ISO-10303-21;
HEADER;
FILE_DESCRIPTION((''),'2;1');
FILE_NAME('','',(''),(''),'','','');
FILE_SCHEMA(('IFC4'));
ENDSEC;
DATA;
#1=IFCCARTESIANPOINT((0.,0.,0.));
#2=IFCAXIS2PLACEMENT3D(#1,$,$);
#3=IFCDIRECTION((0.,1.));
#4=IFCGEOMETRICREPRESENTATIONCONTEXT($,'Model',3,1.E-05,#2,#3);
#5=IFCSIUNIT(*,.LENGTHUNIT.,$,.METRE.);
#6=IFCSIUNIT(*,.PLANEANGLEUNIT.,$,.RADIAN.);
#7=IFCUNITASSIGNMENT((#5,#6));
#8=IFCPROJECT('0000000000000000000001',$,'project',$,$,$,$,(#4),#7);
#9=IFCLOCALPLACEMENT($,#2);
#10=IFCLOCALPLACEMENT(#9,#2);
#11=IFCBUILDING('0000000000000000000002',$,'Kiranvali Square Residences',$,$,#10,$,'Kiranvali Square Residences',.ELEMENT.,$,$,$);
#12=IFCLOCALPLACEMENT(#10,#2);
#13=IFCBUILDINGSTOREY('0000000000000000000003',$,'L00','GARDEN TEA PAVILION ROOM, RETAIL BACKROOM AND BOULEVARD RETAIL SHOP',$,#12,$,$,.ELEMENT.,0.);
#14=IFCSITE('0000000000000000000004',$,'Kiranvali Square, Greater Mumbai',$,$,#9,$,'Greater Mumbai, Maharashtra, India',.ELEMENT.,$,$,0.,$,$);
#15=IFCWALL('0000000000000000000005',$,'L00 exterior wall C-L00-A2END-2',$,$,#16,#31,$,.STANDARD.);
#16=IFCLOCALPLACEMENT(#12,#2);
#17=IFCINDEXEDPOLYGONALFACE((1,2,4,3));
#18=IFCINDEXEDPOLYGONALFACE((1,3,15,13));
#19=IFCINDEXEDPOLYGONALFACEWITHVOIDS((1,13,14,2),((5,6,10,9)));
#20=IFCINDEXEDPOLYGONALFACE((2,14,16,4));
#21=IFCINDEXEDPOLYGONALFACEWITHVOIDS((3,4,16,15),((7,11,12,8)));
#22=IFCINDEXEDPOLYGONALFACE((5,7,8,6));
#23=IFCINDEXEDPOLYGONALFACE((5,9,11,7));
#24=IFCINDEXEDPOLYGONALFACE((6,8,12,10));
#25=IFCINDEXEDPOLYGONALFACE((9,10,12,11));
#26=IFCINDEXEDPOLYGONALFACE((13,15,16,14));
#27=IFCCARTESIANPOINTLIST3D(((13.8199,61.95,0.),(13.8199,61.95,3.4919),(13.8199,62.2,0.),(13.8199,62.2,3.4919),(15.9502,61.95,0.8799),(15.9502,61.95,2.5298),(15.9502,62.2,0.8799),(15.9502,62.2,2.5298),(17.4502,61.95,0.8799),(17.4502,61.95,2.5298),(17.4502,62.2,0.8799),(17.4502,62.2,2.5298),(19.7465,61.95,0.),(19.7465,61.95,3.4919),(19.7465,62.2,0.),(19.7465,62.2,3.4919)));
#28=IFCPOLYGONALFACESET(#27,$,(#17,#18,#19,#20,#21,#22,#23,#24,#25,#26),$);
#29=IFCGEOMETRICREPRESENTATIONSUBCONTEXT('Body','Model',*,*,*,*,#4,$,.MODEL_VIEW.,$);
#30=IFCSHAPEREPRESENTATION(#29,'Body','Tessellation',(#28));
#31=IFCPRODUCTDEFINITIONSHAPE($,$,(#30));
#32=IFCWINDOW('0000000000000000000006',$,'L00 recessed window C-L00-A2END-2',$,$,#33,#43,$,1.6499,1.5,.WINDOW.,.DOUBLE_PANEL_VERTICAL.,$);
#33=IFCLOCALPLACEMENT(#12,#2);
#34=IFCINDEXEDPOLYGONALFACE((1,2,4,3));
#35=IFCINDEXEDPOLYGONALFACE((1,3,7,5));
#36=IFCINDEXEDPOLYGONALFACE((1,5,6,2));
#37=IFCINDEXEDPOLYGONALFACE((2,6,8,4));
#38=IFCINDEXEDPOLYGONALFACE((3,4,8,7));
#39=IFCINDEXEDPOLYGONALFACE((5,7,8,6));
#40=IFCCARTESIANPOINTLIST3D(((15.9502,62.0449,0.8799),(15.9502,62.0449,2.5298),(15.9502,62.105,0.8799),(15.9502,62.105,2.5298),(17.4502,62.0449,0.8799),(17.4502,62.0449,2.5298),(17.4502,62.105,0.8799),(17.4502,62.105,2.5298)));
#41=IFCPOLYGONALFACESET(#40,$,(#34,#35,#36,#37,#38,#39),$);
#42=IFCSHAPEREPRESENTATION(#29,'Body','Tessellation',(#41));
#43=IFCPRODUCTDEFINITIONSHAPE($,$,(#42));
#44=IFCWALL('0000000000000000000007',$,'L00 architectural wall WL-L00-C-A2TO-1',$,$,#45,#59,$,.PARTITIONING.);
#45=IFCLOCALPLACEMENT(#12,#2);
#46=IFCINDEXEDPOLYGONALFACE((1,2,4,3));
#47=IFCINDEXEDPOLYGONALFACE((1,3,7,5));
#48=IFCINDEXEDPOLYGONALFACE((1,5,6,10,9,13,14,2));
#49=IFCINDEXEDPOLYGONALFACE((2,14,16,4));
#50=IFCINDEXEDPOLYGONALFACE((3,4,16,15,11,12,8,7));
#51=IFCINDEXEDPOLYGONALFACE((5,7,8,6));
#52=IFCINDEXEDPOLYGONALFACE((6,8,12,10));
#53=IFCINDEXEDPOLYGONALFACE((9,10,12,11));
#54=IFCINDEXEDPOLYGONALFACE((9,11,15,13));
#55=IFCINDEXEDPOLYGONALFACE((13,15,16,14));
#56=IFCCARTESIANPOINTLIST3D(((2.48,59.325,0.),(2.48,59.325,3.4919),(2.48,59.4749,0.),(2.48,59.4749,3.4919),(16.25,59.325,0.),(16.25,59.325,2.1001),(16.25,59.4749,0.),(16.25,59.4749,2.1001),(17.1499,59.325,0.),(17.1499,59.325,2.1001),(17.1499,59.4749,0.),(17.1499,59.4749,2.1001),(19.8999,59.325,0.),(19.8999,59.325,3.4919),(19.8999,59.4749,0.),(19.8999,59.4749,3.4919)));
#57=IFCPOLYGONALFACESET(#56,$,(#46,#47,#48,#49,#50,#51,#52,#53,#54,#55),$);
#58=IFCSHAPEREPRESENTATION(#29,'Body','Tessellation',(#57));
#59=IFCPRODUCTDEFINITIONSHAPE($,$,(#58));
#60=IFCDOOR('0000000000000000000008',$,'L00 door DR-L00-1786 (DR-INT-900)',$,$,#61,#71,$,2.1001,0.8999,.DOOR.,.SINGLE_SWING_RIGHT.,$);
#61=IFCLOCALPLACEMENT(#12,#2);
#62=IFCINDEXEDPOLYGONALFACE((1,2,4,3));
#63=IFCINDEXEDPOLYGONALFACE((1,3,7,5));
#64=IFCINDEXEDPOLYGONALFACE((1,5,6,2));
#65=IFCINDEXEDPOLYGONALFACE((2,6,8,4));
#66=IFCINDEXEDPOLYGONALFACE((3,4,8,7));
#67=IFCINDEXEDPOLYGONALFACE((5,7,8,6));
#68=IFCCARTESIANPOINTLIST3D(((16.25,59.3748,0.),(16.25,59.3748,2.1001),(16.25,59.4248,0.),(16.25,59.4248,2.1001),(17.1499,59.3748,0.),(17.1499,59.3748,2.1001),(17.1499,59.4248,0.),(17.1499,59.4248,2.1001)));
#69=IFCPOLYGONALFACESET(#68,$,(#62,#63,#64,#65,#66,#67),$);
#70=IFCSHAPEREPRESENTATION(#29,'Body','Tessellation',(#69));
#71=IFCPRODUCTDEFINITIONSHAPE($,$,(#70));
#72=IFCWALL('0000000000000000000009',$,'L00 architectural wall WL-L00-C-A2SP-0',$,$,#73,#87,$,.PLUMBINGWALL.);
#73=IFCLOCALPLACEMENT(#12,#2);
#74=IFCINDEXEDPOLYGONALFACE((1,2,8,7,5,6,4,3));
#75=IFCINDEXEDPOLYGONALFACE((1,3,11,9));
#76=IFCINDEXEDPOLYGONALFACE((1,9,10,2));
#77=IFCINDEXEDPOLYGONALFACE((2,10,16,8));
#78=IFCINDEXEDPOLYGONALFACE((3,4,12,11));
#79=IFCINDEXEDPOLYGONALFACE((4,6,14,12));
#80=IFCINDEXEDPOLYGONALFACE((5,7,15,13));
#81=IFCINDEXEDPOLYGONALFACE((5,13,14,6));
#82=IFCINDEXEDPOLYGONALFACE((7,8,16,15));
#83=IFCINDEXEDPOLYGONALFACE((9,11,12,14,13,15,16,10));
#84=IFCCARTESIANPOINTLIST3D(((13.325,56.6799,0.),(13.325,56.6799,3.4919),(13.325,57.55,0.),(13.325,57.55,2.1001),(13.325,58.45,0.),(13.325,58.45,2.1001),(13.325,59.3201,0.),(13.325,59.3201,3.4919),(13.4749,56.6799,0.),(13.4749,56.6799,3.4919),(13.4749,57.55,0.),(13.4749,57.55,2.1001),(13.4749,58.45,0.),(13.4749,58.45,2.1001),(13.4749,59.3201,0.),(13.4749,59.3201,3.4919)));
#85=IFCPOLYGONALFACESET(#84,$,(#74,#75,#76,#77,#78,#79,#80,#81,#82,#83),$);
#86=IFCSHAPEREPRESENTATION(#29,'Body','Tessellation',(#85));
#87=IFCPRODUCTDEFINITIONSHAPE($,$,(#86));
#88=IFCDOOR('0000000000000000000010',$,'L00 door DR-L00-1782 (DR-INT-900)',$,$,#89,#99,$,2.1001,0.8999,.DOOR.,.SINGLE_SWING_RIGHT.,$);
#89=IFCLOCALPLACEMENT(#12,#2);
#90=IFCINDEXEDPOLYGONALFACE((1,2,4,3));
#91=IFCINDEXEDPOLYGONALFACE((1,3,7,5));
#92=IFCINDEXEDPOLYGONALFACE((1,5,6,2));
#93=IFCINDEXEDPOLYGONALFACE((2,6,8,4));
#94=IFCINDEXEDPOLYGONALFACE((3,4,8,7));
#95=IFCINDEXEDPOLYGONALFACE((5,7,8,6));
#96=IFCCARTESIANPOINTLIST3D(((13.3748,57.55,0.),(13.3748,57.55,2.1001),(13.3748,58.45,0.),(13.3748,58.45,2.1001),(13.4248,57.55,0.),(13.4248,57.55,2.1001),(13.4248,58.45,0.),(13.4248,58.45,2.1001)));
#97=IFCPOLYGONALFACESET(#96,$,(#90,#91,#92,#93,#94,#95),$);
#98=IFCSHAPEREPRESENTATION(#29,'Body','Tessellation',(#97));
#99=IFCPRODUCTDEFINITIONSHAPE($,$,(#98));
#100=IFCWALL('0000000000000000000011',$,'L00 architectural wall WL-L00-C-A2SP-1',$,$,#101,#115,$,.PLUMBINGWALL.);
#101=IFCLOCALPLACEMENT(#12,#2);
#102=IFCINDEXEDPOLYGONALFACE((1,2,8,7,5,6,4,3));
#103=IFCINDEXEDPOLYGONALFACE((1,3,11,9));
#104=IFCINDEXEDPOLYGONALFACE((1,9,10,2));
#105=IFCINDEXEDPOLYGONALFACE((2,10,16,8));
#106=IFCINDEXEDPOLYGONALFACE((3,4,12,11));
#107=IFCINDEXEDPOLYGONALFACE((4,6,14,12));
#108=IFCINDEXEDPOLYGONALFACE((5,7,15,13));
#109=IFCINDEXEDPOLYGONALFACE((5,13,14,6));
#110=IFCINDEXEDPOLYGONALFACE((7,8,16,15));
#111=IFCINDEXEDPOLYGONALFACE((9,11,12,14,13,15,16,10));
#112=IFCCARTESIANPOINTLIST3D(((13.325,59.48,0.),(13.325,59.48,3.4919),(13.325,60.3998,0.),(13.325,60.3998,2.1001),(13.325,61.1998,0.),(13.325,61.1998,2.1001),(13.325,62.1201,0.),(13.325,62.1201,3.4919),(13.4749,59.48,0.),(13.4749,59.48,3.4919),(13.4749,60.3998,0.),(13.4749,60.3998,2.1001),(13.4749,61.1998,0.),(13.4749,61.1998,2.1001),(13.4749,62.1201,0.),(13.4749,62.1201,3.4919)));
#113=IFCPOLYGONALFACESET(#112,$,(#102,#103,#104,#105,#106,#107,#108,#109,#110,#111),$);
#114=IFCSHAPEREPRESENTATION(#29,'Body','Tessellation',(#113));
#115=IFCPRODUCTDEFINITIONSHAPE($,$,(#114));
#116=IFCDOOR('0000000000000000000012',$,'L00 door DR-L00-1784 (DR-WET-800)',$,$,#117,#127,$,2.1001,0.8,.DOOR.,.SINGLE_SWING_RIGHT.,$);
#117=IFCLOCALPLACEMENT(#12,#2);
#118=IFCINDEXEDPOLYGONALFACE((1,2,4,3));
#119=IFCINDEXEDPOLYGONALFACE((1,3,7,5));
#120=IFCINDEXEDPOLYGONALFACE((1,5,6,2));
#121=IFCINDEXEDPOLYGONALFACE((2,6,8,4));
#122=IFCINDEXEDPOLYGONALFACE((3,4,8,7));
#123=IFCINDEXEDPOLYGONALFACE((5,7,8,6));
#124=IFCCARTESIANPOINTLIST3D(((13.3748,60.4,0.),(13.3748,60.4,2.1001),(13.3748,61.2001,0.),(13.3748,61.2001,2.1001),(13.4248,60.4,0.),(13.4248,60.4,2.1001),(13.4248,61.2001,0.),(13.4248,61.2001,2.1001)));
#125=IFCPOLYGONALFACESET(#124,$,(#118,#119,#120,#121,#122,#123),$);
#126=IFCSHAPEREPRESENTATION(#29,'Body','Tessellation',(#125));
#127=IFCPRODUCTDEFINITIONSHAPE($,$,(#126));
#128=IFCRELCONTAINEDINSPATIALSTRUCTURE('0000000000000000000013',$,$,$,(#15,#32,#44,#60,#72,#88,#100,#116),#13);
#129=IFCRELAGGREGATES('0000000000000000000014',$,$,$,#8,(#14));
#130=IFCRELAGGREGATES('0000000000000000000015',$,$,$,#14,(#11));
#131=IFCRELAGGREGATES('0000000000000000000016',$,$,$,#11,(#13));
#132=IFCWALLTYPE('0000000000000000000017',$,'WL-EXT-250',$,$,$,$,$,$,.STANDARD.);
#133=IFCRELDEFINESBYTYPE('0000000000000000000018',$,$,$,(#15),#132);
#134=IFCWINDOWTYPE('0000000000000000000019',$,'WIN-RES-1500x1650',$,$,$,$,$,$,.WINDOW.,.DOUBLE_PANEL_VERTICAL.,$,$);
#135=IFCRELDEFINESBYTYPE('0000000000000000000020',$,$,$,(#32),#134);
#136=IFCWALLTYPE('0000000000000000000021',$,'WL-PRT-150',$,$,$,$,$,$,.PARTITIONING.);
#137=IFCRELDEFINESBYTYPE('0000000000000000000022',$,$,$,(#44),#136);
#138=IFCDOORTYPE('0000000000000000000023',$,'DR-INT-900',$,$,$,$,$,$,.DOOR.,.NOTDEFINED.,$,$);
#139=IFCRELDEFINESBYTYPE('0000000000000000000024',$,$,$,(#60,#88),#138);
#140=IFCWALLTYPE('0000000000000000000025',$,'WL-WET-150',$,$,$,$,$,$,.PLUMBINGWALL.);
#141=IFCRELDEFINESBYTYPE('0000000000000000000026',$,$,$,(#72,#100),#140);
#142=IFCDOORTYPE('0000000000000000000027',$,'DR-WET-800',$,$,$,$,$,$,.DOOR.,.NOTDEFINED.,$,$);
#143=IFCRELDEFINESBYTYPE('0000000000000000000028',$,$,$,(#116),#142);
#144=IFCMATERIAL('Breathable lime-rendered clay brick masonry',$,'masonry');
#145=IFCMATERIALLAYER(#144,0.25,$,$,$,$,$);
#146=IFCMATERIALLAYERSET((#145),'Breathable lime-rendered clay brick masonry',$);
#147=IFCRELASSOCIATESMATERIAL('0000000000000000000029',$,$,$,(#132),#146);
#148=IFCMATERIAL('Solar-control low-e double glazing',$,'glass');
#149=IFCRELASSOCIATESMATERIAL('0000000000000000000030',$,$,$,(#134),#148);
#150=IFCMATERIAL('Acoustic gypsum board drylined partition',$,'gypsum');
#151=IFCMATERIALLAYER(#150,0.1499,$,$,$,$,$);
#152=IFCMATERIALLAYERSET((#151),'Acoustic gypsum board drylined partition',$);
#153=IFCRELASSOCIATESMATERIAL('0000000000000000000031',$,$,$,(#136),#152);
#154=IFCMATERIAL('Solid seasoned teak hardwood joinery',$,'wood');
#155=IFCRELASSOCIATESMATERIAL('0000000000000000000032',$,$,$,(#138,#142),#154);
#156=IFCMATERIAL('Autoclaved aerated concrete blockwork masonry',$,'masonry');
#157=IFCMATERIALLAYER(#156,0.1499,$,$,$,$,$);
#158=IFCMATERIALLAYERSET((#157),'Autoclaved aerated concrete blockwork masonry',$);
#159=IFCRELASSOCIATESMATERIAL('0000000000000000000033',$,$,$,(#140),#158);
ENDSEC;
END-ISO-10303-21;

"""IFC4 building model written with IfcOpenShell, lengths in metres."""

from ifc_helpers import new_model, si_unit, direction, frame, frame_2d, origin, place, context, subcontext, project, spatial, rectangle, extrude, material, layer, layer_set, type_object, element, fill, save


model = new_model("IFC4")

# Units and contexts
model_context = context("Model", 3, precision=1e-05, world=origin(), true_north=direction((0.0, 1.0)))
body_context = subcontext(model_context, "Body", "Model", "MODEL_VIEW")
ifc_project = project(units=[si_unit("LENGTHUNIT", "METRE"), si_unit("PLANEANGLEUNIT", "RADIAN")], contexts=[model_context])

# Site, building, storey
site_placement = place(None, origin())
site = spatial("IfcSite", under=ifc_project, at=site_placement, Name="Kiranvali Square, Greater Mumbai", LongName="Greater Mumbai, Maharashtra, India", CompositionType="ELEMENT", RefElevation=0.0)
building_placement = place(site_placement, origin())
building = spatial("IfcBuilding", under=site, at=building_placement, Name="Kiranvali Square Residences", LongName="Kiranvali Square Residences", CompositionType="ELEMENT")
storey_placement = place(building_placement, origin())
storey = spatial("IfcBuildingStorey", under=building, at=storey_placement, Name="L00", Description="GARDEN TEA PAVILION ROOM, RETAIL BACKROOM AND BOULEVARD RETAIL SHOP", CompositionType="ELEMENT", Elevation=0.0)

# Shared definitions
ifc_material_1 = material(Name="Autoclaved aerated concrete blockwork masonry", Category="masonry")

# Wall, opening, window
ifc_material_2 = material(Name="Breathable lime-rendered clay brick masonry", Category="masonry")
ifc_layer_1 = layer(ifc_material_2, 0.25)
ifc_layer_set_1 = layer_set([ifc_layer_1], Name="Breathable lime-rendered clay brick masonry")
wall_type_1 = type_object("IfcWallType", Name="WL-EXT-250", PredefinedType="STANDARD", material=ifc_layer_set_1)
wall_1_placement = place(storey_placement, frame((19.7466, 62.075, 0.0), z_axis=(0.0, 0.0, 1.0), x_axis=(-1.0, 0.0, 0.0)))
wall_1 = element("IfcWall", 1, at=wall_1_placement, inside=storey, type_object=wall_type_1, Name="L00 exterior wall C-L00-A2END-2", PredefinedType="STANDARD", context=body_context, shape_type="SweptSolid", body=[
    extrude(rectangle(XDim=5.9265, YDim=0.25, at=frame_2d((2.9634, 0.0))), origin(), (0.0, 0.0, 1.0), 3.4919),
])
opening_1_placement = place(wall_1_placement, frame((2.2964, 0.0, 0.8799)))
opening_1 = element("IfcOpeningElement", 2, at=opening_1_placement, cuts=wall_1, PredefinedType="OPENING", context=body_context, shape_type="SweptSolid", body=[
    extrude(rectangle(XDim=1.5, YDim=1.6499, at=frame_2d((0.75, 0.825))), frame((0.0, 0.135, 0.0), z_axis=(0.0, -1.0, 0.0), x_axis=(1.0, 0.0, 0.0)), (0.0, 0.0, 1.0), 0.27),
])
ifc_material_3 = material(Name="Solar-control low-e double glazing", Category="glass")
window_type = type_object("IfcWindowType", Name="WIN-RES-1500x1650", PartitioningType="DOUBLE_PANEL_VERTICAL", PredefinedType="WINDOW", material=ifc_material_3)
window_placement = place(opening_1_placement, origin())
window = element("IfcWindow", 3, at=window_placement, inside=storey, type_object=window_type, Name="L00 recessed window C-L00-A2END-2", OverallHeight=1.6499, OverallWidth=1.5, PartitioningType="DOUBLE_PANEL_VERTICAL", PredefinedType="WINDOW", context=body_context, shape_type="SweptSolid", body=[
    extrude(rectangle(XDim=1.5, YDim=1.6499, at=frame_2d((0.75, 0.825))), frame((0.0, 0.03, 0.0), z_axis=(0.0, -1.0, 0.0), x_axis=(1.0, 0.0, 0.0)), (0.0, 0.0, 1.0), 0.0601),
])
fill(opening_1, window)

# Walls, openings, doors
ifc_material_4 = material(Name="Acoustic gypsum board drylined partition", Category="gypsum")
ifc_layer_2 = layer(ifc_material_4, 0.1499)
ifc_layer_set_2 = layer_set([ifc_layer_2], Name="Acoustic gypsum board drylined partition")
wall_type_2 = type_object("IfcWallType", Name="WL-PRT-150", PredefinedType="PARTITIONING", material=ifc_layer_set_2)
wall_2_placement = place(storey_placement, frame((19.8999, 59.3999, 0.0), z_axis=(0.0, 0.0, 1.0), x_axis=(-1.0, 0.0, 0.0)))
wall_2 = element("IfcWall", 4, at=wall_2_placement, inside=storey, type_object=wall_type_2, Name="L00 architectural wall WL-L00-C-A2TO-1", PredefinedType="PARTITIONING", context=body_context, shape_type="SweptSolid", body=[
    extrude(rectangle(XDim=17.4199, YDim=0.1499, at=frame_2d((8.71, 0.0))), origin(), (0.0, 0.0, 1.0), 3.4919),
])
opening_2_placement = place(wall_2_placement, frame((2.75, 0.0, 0.0)))
opening_2 = element("IfcOpeningElement", 5, at=opening_2_placement, cuts=wall_2, PredefinedType="OPENING", context=body_context, shape_type="SweptSolid", body=[
    extrude(rectangle(XDim=0.8999, YDim=2.1001, at=frame_2d((0.45, 1.05))), frame((0.0, 0.085, 0.0), z_axis=(0.0, -1.0, 0.0), x_axis=(1.0, 0.0, 0.0)), (0.0, 0.0, 1.0), 0.1699),
])
ifc_material_5 = material(Name="Solid seasoned teak hardwood joinery", Category="wood")
door_type_1 = type_object("IfcDoorType", Name="DR-INT-900", OperationType="NOTDEFINED", PredefinedType="DOOR", material=ifc_material_5)
door_1_placement = place(opening_2_placement, frame((0.8999, 0.0, 0.0), z_axis=(0.0, 0.0, 1.0), x_axis=(-1.0, 0.0, 0.0)))
door_1 = element("IfcDoor", 6, at=door_1_placement, inside=storey, type_object=door_type_1, Name="L00 door DR-L00-1786 (DR-INT-900)", OperationType="SINGLE_SWING_RIGHT", OverallHeight=2.1001, OverallWidth=0.8999, PredefinedType="DOOR", context=body_context, shape_type="SweptSolid", body=[
    extrude(rectangle(XDim=0.8999, YDim=2.1001, at=frame_2d((0.45, 1.05))), frame((0.0, 0.0249, 0.0), z_axis=(0.0, -1.0, 0.0), x_axis=(1.0, 0.0, 0.0)), (0.0, 0.0, 1.0), 0.05),
])
fill(opening_2, door_1)
ifc_layer_3 = layer(ifc_material_1, 0.1499)
ifc_layer_set_3 = layer_set([ifc_layer_3], Name="Autoclaved aerated concrete blockwork masonry")
wall_type_3 = type_object("IfcWallType", Name="WL-WET-150", PredefinedType="PLUMBINGWALL", material=ifc_layer_set_3)
wall_3_placement = place(storey_placement, frame((13.3999, 56.6799, 0.0), z_axis=(0.0, 0.0, 1.0), x_axis=(0.0, 1.0, 0.0)))
wall_3 = element("IfcWall", 7, at=wall_3_placement, inside=storey, type_object=wall_type_3, Name="L00 architectural wall WL-L00-C-A2SP-0", PredefinedType="PLUMBINGWALL", context=body_context, shape_type="SweptSolid", body=[
    extrude(rectangle(XDim=2.6401, YDim=0.1499, at=frame_2d((1.3201, 0.0))), origin(), (0.0, 0.0, 1.0), 3.4919),
])
opening_3_placement = place(wall_3_placement, frame((0.8701, 0.0, 0.0)))
opening_3 = element("IfcOpeningElement", 8, at=opening_3_placement, cuts=wall_3, PredefinedType="OPENING", context=body_context, shape_type="SweptSolid", body=[
    extrude(rectangle(XDim=0.8999, YDim=2.1001, at=frame_2d((0.45, 1.05))), frame((0.0, 0.085, 0.0), z_axis=(0.0, -1.0, 0.0), x_axis=(1.0, 0.0, 0.0)), (0.0, 0.0, 1.0), 0.1699),
])
door_2_placement = place(opening_3_placement, frame((0.8999, 0.0, 0.0), z_axis=(0.0, 0.0, 1.0), x_axis=(-1.0, 0.0, 0.0)))
door_2 = element("IfcDoor", 9, at=door_2_placement, inside=storey, type_object=door_type_1, Name="L00 door DR-L00-1782 (DR-INT-900)", OperationType="SINGLE_SWING_RIGHT", OverallHeight=2.1001, OverallWidth=0.8999, PredefinedType="DOOR", context=body_context, shape_type="SweptSolid", body=[
    extrude(rectangle(XDim=0.8999, YDim=2.1001, at=frame_2d((0.45, 1.05))), frame((0.0, 0.0249, 0.0), z_axis=(0.0, -1.0, 0.0), x_axis=(1.0, 0.0, 0.0)), (0.0, 0.0, 1.0), 0.05),
])
fill(opening_3, door_2)
wall_4_placement = place(storey_placement, frame((13.3999, 59.48, 0.0), z_axis=(0.0, 0.0, 1.0), x_axis=(0.0, 1.0, 0.0)))
wall_4 = element("IfcWall", 10, at=wall_4_placement, inside=storey, type_object=wall_type_3, Name="L00 architectural wall WL-L00-C-A2SP-1", PredefinedType="PLUMBINGWALL", context=body_context, shape_type="SweptSolid", body=[
    extrude(rectangle(XDim=2.6401, YDim=0.1499, at=frame_2d((1.3201, 0.0))), origin(), (0.0, 0.0, 1.0), 3.4919),
])
opening_4_placement = place(wall_4_placement, frame((0.9199, 0.0, 0.0)))
opening_4 = element("IfcOpeningElement", 11, at=opening_4_placement, cuts=wall_4, PredefinedType="OPENING", context=body_context, shape_type="SweptSolid", body=[
    extrude(rectangle(XDim=0.8, YDim=2.1001, at=frame_2d((0.3999, 1.05))), frame((0.0, 0.085, 0.0), z_axis=(0.0, -1.0, 0.0), x_axis=(1.0, 0.0, 0.0)), (0.0, 0.0, 1.0), 0.1699),
])
door_type_2 = type_object("IfcDoorType", Name="DR-WET-800", OperationType="NOTDEFINED", PredefinedType="DOOR", material=ifc_material_5)
door_3_placement = place(opening_4_placement, frame((0.8, 0.0, 0.0), z_axis=(0.0, 0.0, 1.0), x_axis=(-1.0, 0.0, 0.0)))
door_3 = element("IfcDoor", 12, at=door_3_placement, inside=storey, type_object=door_type_2, Name="L00 door DR-L00-1784 (DR-WET-800)", OperationType="SINGLE_SWING_RIGHT", OverallHeight=2.1001, OverallWidth=0.8, PredefinedType="DOOR", context=body_context, shape_type="SweptSolid", body=[
    extrude(rectangle(XDim=0.8, YDim=2.1001, at=frame_2d((0.3999, 1.05))), frame((0.0, 0.0249, 0.0), z_axis=(0.0, -1.0, 0.0), x_axis=(1.0, 0.0, 0.0)), (0.0, 0.0, 1.0), 0.05),
])
fill(opening_4, door_3)

save(model, "model.ifc")
